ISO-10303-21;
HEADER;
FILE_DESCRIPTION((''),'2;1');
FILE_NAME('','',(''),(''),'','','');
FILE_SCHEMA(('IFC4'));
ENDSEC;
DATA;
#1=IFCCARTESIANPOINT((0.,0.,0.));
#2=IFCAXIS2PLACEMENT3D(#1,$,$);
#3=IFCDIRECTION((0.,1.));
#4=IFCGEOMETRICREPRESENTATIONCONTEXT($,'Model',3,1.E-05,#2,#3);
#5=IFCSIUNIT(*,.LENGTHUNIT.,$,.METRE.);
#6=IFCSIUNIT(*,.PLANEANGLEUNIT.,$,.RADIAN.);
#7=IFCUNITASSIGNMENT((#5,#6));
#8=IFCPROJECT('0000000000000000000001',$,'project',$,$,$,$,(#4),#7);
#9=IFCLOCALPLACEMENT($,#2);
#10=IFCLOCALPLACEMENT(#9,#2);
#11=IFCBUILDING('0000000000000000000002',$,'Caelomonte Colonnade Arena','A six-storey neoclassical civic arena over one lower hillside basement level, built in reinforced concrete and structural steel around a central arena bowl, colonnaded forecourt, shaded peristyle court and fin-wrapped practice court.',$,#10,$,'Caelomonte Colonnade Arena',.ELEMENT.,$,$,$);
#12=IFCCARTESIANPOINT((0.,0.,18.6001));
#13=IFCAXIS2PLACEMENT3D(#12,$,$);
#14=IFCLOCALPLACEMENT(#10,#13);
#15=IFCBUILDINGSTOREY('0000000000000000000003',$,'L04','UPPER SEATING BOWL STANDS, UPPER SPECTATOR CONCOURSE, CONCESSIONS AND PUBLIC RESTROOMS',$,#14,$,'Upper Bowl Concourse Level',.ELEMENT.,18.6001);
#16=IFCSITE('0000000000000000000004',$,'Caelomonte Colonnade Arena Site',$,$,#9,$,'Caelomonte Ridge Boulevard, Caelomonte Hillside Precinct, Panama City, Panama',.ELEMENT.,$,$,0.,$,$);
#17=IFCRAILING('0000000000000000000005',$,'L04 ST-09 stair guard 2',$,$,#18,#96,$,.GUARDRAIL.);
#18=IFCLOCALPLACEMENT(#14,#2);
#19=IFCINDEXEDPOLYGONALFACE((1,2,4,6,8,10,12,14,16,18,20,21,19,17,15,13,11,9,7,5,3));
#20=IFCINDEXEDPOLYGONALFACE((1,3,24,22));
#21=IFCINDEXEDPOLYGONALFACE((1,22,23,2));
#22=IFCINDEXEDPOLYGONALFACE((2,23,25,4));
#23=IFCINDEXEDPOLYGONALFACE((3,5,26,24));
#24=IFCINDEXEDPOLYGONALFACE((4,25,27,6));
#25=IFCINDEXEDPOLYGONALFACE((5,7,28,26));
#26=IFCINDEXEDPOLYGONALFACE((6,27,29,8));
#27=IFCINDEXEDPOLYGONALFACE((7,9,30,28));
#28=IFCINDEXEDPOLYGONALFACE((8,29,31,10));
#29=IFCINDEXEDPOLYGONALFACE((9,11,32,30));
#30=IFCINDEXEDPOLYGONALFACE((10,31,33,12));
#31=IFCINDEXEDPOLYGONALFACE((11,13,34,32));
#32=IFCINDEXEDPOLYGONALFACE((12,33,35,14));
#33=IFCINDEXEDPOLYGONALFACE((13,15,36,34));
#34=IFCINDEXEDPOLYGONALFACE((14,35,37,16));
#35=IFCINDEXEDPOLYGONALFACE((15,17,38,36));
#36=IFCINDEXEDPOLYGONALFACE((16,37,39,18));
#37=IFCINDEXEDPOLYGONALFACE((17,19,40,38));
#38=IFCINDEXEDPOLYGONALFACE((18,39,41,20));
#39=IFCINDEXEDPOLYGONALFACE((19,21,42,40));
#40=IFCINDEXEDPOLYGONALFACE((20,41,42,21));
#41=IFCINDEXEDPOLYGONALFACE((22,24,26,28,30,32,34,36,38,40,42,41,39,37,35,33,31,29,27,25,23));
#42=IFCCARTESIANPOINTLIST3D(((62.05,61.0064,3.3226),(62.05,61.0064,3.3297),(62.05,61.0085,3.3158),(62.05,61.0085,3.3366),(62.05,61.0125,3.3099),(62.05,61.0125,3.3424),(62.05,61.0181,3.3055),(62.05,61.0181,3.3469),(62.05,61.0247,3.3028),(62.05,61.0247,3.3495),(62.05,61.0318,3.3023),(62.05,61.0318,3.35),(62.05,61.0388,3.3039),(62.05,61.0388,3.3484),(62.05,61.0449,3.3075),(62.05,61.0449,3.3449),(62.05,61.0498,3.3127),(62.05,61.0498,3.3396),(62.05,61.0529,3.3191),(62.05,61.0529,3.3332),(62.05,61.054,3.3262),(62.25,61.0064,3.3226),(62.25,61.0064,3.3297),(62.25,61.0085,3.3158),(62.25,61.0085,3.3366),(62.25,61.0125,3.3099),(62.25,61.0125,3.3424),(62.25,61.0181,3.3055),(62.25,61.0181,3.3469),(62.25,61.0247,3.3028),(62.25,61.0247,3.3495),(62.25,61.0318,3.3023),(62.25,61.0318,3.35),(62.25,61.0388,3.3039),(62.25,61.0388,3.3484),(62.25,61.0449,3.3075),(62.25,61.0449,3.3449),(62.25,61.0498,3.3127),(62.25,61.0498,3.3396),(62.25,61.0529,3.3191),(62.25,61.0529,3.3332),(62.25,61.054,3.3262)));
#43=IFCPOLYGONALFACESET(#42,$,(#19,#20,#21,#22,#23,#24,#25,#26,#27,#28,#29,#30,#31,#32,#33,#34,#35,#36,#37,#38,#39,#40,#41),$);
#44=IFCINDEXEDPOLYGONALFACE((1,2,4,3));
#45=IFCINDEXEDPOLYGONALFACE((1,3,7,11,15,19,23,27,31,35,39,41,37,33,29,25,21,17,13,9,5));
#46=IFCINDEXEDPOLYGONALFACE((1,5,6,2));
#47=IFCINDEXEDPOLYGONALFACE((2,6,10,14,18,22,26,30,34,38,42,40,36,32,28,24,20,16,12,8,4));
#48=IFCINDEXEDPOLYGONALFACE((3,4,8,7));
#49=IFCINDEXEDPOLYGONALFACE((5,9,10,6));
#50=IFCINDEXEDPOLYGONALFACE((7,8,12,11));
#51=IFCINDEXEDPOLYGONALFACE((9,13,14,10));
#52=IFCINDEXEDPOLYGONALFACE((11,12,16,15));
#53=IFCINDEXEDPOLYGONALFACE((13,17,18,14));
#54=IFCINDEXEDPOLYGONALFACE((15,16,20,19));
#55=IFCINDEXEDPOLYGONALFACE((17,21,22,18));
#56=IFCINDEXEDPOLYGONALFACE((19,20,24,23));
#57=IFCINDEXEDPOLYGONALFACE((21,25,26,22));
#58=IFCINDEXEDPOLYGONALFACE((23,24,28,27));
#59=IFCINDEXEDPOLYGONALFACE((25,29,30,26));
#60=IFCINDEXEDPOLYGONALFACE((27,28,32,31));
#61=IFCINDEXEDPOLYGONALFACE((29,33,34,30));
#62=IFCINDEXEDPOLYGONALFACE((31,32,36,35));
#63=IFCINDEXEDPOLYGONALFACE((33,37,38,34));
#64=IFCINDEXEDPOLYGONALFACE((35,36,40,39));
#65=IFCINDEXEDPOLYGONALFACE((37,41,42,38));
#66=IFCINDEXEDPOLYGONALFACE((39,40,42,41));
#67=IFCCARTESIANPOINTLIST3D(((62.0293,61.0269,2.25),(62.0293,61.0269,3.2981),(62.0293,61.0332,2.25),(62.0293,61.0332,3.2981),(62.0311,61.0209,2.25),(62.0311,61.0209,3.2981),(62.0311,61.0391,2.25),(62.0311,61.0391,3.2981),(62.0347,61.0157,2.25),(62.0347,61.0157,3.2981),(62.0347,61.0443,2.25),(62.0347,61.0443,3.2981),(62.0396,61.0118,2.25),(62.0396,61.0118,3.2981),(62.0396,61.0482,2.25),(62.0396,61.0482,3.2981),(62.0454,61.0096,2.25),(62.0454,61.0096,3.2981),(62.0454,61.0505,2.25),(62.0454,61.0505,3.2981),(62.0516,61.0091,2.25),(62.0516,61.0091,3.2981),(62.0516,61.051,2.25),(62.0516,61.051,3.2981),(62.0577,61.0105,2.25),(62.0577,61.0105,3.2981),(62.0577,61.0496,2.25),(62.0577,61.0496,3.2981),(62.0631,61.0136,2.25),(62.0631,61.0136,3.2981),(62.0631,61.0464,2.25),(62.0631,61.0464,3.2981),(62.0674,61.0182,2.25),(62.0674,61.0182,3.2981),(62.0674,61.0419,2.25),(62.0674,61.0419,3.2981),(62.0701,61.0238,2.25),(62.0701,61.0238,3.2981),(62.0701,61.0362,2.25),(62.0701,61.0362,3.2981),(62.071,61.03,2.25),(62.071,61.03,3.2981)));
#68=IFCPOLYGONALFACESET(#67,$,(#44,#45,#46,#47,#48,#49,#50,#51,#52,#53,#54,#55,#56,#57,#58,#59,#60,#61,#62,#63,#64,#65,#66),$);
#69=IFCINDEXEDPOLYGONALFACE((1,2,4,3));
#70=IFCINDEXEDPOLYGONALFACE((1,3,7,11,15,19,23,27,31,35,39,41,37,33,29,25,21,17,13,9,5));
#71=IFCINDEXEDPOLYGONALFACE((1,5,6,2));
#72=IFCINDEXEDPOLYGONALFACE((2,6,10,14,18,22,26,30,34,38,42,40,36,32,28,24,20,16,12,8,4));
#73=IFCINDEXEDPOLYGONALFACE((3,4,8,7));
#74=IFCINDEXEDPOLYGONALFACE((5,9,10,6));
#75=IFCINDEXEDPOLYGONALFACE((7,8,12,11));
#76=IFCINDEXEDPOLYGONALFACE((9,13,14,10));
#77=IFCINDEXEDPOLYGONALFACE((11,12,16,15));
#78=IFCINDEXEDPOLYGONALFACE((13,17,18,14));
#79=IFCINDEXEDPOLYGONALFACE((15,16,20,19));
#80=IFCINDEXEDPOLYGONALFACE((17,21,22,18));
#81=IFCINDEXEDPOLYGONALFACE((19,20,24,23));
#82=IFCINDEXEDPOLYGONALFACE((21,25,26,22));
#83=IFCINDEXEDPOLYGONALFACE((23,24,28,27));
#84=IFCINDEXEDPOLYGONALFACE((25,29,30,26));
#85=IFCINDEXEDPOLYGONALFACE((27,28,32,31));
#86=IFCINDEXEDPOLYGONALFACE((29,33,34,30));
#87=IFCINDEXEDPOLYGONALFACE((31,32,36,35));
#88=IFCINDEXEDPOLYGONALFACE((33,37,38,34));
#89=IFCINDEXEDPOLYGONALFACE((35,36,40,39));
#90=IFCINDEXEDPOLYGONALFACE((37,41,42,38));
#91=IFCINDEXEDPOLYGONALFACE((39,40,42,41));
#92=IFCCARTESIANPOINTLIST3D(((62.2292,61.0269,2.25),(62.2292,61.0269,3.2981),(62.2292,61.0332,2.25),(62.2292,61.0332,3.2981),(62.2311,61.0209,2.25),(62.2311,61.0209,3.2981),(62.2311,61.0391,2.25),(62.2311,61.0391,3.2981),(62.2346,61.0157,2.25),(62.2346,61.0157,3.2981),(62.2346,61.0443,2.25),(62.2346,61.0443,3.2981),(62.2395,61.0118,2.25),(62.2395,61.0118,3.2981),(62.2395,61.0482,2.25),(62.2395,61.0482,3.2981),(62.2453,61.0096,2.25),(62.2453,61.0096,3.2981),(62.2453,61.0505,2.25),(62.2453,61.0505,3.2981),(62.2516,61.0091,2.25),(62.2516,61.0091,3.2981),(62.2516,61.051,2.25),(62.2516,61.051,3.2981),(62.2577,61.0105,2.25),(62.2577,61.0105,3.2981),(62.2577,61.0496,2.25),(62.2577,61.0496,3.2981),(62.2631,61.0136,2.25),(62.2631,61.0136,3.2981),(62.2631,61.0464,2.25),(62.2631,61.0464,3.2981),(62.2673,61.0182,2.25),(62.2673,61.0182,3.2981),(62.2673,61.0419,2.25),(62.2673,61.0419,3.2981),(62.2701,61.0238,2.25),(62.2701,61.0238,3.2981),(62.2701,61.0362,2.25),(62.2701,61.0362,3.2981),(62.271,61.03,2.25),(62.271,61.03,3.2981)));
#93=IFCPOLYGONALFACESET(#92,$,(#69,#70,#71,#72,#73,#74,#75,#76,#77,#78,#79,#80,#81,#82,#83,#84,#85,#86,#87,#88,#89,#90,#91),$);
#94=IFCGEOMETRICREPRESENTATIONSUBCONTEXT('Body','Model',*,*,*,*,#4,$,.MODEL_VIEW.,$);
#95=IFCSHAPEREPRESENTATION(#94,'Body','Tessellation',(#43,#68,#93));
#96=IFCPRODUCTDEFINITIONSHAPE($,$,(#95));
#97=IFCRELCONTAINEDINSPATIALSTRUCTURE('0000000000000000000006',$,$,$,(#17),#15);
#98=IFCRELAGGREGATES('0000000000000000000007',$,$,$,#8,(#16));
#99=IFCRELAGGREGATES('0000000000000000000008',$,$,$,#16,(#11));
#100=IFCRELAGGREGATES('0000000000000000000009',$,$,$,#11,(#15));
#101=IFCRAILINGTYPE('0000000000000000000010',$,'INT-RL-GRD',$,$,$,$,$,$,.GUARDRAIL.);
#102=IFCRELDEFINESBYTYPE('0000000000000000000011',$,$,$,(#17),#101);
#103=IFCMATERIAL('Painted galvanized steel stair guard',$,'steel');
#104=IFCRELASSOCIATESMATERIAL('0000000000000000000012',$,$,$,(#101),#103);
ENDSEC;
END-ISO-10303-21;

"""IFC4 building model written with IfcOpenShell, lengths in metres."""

from ifc_helpers import new_model, si_unit, direction, frame, origin, origin_2d, place, context, subcontext, project, spatial, circle, extrude, material, type_object, element, save


model = new_model("IFC4")

# Units and contexts
model_context = context("Model", 3, precision=1e-05, world=origin(), true_north=direction((0.0, 1.0)))
body_context = subcontext(model_context, "Body", "Model", "MODEL_VIEW")
ifc_project = project(units=[si_unit("LENGTHUNIT", "METRE"), si_unit("PLANEANGLEUNIT", "RADIAN")], contexts=[model_context])

# Site, building, storey
site_placement = place(None, origin())
site = spatial("IfcSite", under=ifc_project, at=site_placement, Name="Caelomonte Colonnade Arena Site", LongName="Caelomonte Ridge Boulevard, Caelomonte Hillside Precinct, Panama City, Panama", CompositionType="ELEMENT", RefElevation=0.0)
building_placement = place(site_placement, origin())
building = spatial("IfcBuilding", under=site, at=building_placement, Name="Caelomonte Colonnade Arena", Description="A six-storey neoclassical civic arena over one lower hillside basement level, built in reinforced concrete and structural steel around a central arena bowl, colonnaded forecourt, shaded peristyle court and fin-wrapped practice court.", LongName="Caelomonte Colonnade Arena", CompositionType="ELEMENT")
storey_placement = place(building_placement, frame((0.0, 0.0, 18.6001)))
storey = spatial("IfcBuildingStorey", under=building, at=storey_placement, Name="L04", Description="UPPER SEATING BOWL STANDS, UPPER SPECTATOR CONCOURSE, CONCESSIONS AND PUBLIC RESTROOMS", LongName="Upper Bowl Concourse Level", CompositionType="ELEMENT", Elevation=18.6001)

# Railing
ifc_material_1 = material(Name="Painted galvanized steel stair guard", Category="steel")
railing_type_1 = type_object("IfcRailingType", Name="INT-RL-GRD", PredefinedType="GUARDRAIL", material=ifc_material_1)
railing_1_placement = place(storey_placement, frame((62.05, 61.03, 2.25)))
element("IfcRailing", 1, at=railing_1_placement, inside=storey, type_object=railing_type_1, Name="L04 ST-09 stair guard 2", PredefinedType="GUARDRAIL", context=body_context, shape_type="SweptSolid", body=[
    extrude(circle(Radius=0.0239, at=origin_2d()), frame((0.0, 0.0, 1.0762), z_axis=(1.0, 0.0, 0.0), x_axis=(0.0, 1.0, 0.0)), (0.0, 0.0, 1.0), 0.2),
    extrude(circle(Radius=0.021, at=origin_2d()), origin(), (0.0, 0.0, 1.0), 1.0481),
    extrude(circle(Radius=0.021, at=origin_2d()), frame((0.2, 0.0, 0.0)), (0.0, 0.0, 1.0), 1.0481),
])

save(model, "model.ifc")
